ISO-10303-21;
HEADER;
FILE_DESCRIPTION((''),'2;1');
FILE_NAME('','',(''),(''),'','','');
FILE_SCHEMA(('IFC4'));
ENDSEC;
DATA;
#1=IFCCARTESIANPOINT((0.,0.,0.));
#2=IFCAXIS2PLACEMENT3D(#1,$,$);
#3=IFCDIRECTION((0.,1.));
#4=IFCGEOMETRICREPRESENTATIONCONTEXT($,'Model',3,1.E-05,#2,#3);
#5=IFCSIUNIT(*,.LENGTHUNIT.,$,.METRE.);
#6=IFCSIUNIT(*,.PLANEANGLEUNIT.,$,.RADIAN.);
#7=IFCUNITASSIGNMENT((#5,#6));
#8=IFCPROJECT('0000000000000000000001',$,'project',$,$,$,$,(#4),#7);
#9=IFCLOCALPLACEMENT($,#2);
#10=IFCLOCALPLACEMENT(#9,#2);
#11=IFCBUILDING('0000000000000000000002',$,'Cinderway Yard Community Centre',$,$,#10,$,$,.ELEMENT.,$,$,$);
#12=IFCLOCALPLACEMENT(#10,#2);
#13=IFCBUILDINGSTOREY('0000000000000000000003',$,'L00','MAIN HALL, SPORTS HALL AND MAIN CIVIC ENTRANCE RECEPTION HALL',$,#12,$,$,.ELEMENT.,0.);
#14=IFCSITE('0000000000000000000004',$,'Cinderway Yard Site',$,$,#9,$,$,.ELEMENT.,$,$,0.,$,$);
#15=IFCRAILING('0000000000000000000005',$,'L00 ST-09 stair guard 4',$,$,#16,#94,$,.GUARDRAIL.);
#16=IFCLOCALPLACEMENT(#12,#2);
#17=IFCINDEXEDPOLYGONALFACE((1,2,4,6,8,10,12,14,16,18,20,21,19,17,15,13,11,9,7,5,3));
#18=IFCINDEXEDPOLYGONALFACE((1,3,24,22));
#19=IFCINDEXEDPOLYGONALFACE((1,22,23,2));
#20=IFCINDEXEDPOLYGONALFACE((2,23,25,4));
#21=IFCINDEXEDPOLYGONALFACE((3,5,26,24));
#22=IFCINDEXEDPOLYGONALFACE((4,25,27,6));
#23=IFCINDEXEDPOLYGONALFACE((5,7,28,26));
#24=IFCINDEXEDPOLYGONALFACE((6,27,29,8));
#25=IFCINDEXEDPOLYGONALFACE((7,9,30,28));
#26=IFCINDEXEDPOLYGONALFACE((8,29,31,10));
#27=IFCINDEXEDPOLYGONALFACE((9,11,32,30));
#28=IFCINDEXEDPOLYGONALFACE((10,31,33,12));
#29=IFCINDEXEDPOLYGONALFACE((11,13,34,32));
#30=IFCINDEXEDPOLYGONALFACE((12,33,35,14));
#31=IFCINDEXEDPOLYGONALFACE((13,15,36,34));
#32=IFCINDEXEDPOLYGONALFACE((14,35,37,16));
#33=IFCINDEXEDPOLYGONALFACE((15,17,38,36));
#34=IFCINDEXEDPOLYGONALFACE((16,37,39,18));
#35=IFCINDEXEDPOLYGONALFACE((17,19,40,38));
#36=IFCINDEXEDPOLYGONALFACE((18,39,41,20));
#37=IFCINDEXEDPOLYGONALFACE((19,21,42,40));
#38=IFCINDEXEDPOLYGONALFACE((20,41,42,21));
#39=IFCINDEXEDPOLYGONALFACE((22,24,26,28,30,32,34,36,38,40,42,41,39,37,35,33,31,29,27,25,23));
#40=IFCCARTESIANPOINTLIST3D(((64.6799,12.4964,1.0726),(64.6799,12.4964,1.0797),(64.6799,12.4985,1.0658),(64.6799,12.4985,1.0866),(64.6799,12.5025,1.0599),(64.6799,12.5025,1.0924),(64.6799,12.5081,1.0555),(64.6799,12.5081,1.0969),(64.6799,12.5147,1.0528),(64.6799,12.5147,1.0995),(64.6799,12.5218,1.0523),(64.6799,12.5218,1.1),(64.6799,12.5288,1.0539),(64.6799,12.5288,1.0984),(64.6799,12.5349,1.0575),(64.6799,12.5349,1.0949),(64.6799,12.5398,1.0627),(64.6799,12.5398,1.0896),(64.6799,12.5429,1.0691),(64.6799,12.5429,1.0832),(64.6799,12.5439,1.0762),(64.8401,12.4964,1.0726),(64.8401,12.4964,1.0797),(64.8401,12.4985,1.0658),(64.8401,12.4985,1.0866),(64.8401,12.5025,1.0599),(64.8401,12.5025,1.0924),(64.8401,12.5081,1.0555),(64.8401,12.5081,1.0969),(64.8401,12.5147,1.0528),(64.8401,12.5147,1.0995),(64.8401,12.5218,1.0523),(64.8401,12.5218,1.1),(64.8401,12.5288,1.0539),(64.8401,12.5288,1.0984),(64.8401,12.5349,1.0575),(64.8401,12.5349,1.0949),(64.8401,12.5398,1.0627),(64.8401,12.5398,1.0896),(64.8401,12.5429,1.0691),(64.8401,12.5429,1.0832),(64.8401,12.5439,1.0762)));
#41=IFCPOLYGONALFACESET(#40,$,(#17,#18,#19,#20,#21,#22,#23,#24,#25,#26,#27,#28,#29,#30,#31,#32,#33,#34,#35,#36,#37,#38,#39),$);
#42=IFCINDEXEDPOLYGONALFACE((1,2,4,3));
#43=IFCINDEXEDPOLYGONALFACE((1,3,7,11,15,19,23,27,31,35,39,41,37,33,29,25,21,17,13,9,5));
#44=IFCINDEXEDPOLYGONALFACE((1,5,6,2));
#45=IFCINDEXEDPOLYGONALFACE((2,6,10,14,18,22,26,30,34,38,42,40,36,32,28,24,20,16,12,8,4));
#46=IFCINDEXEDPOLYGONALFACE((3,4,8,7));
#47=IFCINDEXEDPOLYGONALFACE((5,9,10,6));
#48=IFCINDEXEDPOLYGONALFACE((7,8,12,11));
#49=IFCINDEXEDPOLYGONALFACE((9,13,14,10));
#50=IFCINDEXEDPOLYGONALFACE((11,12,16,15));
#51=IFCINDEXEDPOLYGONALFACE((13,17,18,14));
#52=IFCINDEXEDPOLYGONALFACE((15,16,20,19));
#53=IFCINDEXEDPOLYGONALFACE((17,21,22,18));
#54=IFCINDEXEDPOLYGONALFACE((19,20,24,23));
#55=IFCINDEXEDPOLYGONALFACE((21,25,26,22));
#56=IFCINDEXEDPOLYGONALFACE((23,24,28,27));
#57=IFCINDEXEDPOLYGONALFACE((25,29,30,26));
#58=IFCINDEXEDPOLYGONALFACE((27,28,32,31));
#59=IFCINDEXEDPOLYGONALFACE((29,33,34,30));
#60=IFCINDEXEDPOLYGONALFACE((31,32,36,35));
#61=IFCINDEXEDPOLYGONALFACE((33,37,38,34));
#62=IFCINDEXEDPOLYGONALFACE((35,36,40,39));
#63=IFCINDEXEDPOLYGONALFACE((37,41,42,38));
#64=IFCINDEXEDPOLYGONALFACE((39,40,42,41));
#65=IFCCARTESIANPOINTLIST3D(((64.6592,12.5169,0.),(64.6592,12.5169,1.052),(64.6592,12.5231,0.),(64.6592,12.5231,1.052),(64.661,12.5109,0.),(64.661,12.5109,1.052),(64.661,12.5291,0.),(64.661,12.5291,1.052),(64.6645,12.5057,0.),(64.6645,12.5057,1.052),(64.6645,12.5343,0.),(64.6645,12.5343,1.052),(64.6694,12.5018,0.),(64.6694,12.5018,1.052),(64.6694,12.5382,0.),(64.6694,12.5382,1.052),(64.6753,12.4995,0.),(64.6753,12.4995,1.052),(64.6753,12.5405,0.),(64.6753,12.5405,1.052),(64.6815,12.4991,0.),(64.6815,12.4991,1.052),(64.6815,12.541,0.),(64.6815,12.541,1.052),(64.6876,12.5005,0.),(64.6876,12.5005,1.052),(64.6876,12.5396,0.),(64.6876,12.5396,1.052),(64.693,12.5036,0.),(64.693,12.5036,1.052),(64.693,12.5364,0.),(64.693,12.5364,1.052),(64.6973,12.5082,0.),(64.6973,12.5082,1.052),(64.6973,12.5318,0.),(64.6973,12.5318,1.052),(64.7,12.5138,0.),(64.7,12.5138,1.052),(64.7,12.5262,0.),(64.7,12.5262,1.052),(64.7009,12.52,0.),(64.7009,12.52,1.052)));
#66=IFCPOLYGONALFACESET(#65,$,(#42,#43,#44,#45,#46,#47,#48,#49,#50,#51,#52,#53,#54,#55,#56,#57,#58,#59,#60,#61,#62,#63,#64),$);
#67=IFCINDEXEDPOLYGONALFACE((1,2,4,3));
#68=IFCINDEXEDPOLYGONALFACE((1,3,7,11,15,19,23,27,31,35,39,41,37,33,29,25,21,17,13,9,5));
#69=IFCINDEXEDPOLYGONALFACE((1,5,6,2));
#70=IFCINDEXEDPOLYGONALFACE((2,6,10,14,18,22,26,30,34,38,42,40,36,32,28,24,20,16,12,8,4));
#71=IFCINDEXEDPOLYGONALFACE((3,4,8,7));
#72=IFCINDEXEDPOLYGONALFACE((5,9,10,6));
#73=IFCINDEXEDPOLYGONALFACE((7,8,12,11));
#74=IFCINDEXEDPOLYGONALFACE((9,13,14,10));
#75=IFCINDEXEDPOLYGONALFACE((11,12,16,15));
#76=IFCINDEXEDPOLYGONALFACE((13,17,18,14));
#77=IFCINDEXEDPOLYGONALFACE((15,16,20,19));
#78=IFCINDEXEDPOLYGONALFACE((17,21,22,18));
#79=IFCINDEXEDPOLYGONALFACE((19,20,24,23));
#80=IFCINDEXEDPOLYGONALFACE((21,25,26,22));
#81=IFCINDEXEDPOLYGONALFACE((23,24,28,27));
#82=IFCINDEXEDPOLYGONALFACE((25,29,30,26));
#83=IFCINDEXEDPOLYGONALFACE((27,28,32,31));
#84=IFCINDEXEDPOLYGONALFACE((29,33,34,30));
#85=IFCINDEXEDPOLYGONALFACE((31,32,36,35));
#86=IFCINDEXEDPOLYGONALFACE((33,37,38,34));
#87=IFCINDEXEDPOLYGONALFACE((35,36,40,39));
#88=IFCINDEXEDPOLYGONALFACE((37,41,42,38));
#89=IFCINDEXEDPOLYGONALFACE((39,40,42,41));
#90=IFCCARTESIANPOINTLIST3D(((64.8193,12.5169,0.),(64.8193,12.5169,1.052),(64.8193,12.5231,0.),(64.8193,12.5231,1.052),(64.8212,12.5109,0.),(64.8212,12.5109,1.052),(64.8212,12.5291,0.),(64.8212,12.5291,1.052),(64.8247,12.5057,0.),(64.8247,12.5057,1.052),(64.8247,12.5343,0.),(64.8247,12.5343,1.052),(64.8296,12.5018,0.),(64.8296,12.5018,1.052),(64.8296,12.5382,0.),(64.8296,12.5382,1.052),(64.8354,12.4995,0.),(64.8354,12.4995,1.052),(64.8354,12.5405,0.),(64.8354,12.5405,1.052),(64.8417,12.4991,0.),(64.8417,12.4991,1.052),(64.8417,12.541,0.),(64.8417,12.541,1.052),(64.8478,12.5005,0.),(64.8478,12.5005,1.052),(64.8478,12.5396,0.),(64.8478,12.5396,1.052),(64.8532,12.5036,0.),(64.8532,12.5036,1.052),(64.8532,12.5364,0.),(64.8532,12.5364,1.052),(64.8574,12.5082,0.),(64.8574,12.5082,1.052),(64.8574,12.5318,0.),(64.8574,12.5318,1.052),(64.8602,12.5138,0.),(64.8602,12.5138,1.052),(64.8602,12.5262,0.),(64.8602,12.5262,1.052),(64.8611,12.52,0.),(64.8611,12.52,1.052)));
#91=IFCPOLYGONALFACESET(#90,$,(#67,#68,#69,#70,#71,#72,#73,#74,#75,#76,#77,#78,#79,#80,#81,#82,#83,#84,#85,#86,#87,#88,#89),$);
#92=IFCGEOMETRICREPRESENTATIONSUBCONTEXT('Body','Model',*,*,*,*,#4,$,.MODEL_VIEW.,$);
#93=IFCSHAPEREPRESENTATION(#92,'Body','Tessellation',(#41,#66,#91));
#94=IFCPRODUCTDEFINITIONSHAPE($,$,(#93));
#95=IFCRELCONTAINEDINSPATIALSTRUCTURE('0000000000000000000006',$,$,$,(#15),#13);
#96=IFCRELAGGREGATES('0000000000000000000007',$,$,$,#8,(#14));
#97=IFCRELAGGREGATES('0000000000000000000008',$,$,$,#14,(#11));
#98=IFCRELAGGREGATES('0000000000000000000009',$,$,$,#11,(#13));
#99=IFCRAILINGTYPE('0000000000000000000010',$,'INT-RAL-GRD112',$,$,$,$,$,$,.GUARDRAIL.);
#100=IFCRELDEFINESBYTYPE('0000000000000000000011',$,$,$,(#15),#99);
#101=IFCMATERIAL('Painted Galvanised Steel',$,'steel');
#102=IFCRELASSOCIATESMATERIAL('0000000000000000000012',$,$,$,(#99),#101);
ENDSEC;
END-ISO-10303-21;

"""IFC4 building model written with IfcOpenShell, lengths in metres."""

from ifc_helpers import new_model, si_unit, direction, frame, origin, origin_2d, place, context, subcontext, project, spatial, circle, extrude, material, type_object, element, save


model = new_model("IFC4")

# Units and contexts
model_context = context("Model", 3, precision=1e-05, world=origin(), true_north=direction((0.0, 1.0)))
body_context = subcontext(model_context, "Body", "Model", "MODEL_VIEW")
ifc_project = project(units=[si_unit("LENGTHUNIT", "METRE"), si_unit("PLANEANGLEUNIT", "RADIAN")], contexts=[model_context])

# Site, building, storey
site_placement = place(None, origin())
site = spatial("IfcSite", under=ifc_project, at=site_placement, Name="Cinderway Yard Site", CompositionType="ELEMENT", RefElevation=0.0)
building_placement = place(site_placement, origin())
building = spatial("IfcBuilding", under=site, at=building_placement, Name="Cinderway Yard Community Centre", CompositionType="ELEMENT")
storey_placement = place(building_placement, origin())
storey = spatial("IfcBuildingStorey", under=building, at=storey_placement, Name="L00", Description="MAIN HALL, SPORTS HALL AND MAIN CIVIC ENTRANCE RECEPTION HALL", CompositionType="ELEMENT", Elevation=0.0)

# Shared definitions
ifc_material_1 = material(Name="Painted Galvanised Steel", Category="steel")

# Railing
railing_type_1 = type_object("IfcRailingType", Name="INT-RAL-GRD112", PredefinedType="GUARDRAIL", material=ifc_material_1)
railing_1_placement = place(storey_placement, frame((64.6799, 12.52, 0.0)))
element("IfcRailing", 1, at=railing_1_placement, inside=storey, type_object=railing_type_1, Name="L00 ST-09 stair guard 4", PredefinedType="GUARDRAIL", context=body_context, shape_type="SweptSolid", body=[
    extrude(circle(Radius=0.0239, at=origin_2d()), frame((0.0, 0.0, 1.0762), z_axis=(1.0, 0.0, 0.0), x_axis=(0.0, 1.0, 0.0)), (0.0, 0.0, 1.0), 0.1602),
    extrude(circle(Radius=0.021, at=origin_2d()), origin(), (0.0, 0.0, 1.0), 1.052),
    extrude(circle(Radius=0.021, at=origin_2d()), frame((0.1602, 0.0, 0.0)), (0.0, 0.0, 1.0), 1.052),
])

save(model, "model.ifc")
